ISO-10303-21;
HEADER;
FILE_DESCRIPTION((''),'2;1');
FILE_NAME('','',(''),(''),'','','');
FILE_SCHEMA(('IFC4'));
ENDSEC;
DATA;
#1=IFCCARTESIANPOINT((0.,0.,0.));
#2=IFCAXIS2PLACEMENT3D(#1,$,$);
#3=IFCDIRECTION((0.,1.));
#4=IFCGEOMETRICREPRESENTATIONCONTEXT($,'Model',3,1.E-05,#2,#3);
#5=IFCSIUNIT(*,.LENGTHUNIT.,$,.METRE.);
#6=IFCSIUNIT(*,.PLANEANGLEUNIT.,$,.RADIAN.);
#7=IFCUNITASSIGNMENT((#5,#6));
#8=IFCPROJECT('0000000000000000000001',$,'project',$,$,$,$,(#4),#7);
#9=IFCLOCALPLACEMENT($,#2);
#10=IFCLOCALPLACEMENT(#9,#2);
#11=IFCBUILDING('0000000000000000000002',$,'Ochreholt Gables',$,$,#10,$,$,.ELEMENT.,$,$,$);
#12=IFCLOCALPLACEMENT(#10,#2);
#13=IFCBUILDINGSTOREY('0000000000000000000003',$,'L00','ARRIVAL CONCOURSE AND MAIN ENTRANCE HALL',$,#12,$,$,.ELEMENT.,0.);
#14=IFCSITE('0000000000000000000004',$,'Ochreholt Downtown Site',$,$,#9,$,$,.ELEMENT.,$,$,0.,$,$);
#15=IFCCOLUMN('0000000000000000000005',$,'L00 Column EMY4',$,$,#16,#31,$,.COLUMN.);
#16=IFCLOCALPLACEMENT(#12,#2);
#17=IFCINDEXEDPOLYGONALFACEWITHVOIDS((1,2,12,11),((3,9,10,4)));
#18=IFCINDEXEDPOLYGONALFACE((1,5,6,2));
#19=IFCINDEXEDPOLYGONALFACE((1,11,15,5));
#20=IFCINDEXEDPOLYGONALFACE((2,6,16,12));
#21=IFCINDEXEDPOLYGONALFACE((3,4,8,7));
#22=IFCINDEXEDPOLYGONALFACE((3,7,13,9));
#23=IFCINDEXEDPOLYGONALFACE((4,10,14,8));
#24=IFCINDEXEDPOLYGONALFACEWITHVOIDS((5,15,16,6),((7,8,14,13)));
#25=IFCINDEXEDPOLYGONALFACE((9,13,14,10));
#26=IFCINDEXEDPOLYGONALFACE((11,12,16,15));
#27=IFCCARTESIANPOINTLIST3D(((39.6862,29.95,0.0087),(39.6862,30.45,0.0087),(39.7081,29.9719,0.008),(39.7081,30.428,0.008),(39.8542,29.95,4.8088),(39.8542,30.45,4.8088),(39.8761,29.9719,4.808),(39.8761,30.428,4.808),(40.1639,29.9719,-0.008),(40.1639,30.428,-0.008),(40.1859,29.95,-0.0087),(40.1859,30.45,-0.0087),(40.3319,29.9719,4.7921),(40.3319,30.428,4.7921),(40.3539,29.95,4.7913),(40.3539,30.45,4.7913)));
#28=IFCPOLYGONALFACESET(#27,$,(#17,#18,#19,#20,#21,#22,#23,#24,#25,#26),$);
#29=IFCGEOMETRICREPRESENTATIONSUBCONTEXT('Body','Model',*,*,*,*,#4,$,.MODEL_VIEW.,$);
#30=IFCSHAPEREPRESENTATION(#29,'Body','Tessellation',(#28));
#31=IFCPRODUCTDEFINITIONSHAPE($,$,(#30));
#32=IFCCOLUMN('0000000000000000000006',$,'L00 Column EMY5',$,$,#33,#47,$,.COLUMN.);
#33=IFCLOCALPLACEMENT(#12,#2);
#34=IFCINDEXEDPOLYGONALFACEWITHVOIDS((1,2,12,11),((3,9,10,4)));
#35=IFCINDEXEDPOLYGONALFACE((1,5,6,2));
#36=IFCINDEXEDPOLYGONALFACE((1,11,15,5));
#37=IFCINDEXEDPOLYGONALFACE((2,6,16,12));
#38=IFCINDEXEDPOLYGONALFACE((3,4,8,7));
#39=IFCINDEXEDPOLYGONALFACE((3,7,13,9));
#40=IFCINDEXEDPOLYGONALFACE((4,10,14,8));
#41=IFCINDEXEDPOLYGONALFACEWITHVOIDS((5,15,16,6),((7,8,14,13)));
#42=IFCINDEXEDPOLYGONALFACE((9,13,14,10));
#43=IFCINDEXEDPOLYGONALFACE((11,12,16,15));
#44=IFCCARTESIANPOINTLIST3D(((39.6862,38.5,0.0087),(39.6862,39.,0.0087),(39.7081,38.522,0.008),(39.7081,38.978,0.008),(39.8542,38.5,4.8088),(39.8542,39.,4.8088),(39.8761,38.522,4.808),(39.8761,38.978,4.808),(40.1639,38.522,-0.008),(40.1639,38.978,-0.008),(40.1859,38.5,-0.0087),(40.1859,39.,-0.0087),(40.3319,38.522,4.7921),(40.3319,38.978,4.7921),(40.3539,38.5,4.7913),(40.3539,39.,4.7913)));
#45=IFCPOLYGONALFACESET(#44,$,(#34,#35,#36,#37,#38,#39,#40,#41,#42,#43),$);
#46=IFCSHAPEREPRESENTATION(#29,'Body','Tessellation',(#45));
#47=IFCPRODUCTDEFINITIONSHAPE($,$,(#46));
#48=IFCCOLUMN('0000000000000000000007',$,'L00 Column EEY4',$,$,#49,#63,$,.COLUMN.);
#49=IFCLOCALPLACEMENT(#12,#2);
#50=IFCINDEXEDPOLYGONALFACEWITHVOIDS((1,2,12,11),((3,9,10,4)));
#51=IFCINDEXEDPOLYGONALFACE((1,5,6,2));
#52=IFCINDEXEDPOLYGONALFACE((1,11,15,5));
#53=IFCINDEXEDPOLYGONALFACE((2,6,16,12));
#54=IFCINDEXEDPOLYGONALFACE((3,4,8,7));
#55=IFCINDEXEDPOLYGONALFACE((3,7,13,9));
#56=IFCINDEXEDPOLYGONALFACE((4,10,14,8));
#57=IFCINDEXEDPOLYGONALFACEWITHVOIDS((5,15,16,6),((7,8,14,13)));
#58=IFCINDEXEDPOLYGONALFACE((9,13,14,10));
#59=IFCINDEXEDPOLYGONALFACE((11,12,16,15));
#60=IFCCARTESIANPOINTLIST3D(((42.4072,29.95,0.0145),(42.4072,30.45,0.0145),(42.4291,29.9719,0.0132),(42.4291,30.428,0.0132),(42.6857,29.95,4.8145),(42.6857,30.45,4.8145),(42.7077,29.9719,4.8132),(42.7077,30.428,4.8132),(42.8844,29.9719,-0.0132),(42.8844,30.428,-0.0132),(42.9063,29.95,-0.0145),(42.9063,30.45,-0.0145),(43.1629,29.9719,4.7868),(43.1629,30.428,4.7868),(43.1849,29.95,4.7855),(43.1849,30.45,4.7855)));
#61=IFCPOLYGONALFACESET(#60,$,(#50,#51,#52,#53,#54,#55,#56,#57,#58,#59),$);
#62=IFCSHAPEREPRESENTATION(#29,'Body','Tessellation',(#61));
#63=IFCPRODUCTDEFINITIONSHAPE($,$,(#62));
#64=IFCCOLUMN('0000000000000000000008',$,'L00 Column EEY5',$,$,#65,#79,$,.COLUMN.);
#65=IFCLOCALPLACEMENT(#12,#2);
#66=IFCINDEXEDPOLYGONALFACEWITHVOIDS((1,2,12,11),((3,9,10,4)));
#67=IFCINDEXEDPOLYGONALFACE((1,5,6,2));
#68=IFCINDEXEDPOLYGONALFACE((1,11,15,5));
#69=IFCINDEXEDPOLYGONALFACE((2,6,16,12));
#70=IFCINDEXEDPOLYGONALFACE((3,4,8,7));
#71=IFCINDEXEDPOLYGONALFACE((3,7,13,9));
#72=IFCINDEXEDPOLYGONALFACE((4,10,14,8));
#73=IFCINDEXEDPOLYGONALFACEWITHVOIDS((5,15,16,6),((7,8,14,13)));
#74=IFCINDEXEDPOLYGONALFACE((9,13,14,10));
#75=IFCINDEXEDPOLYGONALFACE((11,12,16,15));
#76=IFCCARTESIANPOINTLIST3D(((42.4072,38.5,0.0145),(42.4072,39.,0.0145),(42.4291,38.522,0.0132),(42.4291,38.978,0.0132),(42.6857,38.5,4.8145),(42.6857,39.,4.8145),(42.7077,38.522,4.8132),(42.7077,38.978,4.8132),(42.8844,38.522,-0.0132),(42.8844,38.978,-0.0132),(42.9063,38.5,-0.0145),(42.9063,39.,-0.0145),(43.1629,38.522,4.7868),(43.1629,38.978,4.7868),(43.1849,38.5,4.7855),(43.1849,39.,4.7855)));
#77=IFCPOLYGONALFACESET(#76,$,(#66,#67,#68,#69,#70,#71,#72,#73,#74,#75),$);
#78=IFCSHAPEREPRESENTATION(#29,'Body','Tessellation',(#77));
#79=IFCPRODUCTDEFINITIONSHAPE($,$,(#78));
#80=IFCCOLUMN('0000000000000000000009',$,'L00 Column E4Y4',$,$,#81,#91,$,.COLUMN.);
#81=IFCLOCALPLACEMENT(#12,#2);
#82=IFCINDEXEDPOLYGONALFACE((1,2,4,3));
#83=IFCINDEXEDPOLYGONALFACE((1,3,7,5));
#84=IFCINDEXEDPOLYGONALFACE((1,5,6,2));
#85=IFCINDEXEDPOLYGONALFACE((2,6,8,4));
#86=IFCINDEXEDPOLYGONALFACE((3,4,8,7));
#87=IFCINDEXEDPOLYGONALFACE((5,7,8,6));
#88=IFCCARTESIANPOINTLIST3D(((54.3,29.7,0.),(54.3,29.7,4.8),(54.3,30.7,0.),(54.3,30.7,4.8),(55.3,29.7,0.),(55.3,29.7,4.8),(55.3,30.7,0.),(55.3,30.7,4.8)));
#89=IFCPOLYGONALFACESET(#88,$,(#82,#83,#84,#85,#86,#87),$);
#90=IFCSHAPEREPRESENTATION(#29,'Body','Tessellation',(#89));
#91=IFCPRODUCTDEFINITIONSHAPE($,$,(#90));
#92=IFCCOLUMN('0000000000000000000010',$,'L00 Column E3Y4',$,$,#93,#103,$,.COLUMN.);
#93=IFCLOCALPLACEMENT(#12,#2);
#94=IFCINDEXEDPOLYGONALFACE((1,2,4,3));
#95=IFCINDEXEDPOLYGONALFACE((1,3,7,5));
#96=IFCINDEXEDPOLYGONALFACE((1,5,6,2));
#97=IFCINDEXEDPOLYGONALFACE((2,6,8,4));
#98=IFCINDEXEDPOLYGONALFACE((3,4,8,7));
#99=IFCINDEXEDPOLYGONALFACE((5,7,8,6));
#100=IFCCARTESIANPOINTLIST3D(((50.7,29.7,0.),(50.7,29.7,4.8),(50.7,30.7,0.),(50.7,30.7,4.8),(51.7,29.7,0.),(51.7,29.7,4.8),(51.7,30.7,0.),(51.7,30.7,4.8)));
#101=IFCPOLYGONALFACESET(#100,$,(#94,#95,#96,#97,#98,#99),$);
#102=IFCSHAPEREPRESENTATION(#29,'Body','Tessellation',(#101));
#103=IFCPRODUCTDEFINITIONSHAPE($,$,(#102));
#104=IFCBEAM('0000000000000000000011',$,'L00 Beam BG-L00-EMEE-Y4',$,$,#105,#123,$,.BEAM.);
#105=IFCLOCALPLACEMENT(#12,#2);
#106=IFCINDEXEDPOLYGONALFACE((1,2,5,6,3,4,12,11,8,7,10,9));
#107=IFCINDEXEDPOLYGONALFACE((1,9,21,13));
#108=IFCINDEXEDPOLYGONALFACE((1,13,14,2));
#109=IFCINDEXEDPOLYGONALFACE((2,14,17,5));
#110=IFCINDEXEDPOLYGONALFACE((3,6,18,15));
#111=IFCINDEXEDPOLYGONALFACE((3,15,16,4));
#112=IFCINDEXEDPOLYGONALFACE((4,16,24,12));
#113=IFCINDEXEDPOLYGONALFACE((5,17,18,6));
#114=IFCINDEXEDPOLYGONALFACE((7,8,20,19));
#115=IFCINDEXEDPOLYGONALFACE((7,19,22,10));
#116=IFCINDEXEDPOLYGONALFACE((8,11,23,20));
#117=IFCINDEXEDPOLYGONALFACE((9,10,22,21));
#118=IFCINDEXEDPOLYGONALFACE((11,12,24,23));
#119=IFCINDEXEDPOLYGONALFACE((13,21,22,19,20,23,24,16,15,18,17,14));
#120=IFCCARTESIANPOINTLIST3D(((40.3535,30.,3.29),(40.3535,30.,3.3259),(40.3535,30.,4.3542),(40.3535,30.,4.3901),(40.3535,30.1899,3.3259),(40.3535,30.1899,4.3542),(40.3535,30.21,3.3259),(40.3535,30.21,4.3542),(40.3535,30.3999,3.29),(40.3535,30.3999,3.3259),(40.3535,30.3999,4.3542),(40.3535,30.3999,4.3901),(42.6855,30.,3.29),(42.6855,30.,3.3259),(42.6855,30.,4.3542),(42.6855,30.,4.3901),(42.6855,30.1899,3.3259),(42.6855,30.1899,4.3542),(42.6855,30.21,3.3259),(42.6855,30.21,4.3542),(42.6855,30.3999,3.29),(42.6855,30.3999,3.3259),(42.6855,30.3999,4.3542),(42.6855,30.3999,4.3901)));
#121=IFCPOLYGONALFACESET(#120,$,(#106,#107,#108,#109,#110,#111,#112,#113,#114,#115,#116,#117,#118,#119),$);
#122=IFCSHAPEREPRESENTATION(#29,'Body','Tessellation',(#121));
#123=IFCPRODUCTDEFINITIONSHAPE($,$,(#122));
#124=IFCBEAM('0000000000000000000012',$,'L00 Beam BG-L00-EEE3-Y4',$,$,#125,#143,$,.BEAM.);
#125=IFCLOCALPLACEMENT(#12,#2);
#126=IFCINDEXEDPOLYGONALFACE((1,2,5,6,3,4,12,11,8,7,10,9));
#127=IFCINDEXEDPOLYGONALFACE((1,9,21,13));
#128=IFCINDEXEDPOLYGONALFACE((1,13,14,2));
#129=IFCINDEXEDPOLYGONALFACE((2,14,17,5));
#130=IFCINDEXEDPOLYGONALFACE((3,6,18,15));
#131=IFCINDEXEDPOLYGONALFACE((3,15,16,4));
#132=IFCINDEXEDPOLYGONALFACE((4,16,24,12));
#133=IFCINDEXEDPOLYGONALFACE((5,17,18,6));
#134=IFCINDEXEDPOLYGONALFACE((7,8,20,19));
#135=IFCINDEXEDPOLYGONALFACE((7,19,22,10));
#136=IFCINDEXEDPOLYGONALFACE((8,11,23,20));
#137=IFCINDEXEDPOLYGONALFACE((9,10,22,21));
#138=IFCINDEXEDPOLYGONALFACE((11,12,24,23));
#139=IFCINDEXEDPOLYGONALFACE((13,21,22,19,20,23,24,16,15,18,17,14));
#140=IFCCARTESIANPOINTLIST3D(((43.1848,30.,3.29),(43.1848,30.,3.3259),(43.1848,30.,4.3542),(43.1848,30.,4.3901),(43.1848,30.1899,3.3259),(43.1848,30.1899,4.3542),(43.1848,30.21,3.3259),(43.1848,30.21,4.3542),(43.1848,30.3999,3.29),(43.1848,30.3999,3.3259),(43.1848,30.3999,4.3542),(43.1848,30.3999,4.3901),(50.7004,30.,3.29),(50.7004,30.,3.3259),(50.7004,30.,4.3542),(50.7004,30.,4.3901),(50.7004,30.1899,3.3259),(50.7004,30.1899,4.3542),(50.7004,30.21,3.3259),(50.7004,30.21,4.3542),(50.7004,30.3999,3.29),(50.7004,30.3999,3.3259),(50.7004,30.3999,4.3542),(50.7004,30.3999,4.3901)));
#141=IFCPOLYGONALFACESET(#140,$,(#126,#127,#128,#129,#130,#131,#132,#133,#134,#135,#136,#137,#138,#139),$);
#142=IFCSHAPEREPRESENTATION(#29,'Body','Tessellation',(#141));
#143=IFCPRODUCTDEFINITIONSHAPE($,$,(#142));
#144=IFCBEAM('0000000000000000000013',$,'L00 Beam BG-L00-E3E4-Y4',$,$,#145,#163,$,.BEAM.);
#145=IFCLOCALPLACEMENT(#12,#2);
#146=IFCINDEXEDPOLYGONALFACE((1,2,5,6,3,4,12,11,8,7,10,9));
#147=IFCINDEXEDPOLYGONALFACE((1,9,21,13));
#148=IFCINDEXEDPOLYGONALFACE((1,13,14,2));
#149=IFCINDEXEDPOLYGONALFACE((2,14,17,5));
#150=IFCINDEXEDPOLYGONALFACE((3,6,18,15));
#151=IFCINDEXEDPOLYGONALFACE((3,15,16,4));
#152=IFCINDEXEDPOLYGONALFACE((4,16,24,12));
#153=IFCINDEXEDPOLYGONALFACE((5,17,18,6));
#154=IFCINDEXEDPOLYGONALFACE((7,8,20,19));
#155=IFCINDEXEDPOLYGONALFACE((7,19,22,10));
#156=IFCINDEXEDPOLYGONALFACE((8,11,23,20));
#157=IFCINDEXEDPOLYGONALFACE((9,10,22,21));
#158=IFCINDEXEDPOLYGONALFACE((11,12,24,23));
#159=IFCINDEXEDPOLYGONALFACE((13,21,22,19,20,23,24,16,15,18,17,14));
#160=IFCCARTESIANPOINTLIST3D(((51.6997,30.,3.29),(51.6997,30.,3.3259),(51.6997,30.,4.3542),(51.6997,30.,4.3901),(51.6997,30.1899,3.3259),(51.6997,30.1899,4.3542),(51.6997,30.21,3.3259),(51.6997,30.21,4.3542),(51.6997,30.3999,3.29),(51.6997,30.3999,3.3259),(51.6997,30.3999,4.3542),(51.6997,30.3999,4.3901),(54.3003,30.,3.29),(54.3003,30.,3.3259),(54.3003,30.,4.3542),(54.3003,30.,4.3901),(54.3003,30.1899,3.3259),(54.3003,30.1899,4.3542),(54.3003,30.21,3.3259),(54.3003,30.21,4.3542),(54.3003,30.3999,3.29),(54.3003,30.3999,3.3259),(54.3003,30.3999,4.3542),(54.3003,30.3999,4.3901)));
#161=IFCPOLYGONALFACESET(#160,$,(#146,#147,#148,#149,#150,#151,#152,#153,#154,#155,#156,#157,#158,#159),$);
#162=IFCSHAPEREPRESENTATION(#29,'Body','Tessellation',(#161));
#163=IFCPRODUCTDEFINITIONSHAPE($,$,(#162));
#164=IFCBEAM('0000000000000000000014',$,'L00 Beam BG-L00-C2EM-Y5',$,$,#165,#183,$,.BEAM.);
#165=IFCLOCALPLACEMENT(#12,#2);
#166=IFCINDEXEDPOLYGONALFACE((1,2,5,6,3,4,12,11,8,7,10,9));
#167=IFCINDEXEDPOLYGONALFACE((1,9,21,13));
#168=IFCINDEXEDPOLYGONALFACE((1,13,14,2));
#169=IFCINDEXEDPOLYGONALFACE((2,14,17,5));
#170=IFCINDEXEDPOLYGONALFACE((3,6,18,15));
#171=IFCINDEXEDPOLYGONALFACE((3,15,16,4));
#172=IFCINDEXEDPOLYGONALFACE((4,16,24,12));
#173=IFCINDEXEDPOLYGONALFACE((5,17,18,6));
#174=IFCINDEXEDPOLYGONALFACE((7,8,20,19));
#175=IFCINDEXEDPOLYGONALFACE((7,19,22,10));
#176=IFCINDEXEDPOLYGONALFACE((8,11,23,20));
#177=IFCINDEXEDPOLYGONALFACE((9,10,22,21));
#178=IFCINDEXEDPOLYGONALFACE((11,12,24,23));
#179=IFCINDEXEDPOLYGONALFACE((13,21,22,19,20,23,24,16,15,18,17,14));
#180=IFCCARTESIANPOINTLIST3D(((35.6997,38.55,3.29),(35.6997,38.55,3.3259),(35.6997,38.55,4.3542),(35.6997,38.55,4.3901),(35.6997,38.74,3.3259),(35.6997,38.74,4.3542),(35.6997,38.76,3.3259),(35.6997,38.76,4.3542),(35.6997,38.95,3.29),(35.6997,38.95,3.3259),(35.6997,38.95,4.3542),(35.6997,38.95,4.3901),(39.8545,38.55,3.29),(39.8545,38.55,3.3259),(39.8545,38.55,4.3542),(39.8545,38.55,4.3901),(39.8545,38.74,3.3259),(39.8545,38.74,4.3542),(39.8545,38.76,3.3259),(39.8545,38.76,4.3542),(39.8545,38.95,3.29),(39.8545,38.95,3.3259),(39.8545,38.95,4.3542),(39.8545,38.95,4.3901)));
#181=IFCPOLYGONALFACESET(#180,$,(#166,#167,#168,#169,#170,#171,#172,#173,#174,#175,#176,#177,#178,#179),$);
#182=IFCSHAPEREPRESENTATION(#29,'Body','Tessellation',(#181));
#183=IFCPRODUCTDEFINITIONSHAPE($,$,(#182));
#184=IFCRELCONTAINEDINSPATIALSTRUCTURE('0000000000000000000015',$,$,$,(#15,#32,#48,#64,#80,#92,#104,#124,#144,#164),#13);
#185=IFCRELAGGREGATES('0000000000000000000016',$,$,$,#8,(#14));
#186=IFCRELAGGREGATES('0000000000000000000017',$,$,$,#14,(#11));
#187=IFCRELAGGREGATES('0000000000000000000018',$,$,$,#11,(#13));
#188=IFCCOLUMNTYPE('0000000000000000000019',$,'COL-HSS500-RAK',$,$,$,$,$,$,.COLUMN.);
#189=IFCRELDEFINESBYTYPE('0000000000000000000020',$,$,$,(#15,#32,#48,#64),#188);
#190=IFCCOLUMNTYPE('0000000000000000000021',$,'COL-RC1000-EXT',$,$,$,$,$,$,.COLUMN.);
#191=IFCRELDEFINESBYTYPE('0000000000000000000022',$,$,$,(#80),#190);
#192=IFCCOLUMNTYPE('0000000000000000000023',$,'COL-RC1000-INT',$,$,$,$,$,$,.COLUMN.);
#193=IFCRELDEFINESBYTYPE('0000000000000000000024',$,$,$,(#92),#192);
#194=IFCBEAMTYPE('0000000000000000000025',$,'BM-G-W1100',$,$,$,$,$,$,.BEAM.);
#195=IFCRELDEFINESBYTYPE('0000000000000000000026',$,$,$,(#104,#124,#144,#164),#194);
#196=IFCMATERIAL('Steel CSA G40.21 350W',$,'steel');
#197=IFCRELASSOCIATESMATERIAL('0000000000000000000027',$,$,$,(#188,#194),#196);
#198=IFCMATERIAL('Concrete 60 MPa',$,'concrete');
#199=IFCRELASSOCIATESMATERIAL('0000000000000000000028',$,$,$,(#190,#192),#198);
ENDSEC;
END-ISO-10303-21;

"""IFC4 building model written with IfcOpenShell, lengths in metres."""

from ifc_helpers import new_model, si_unit, direction, frame, origin, origin_2d, place, context, subcontext, project, spatial, rectangle, hollow_rectangle, i_section, extrude, material, material_profile, profile_set, type_object, element, save


model = new_model("IFC4")

# Units and contexts
model_context = context("Model", 3, precision=1e-05, world=origin(), true_north=direction((0.0, 1.0)))
body_context = subcontext(model_context, "Body", "Model", "MODEL_VIEW")
ifc_project = project(units=[si_unit("LENGTHUNIT", "METRE"), si_unit("PLANEANGLEUNIT", "RADIAN")], contexts=[model_context])

# Site, building, storey
site_placement = place(None, origin())
site = spatial("IfcSite", under=ifc_project, at=site_placement, Name="Ochreholt Downtown Site", CompositionType="ELEMENT", RefElevation=0.0)
building_placement = place(site_placement, origin())
building = spatial("IfcBuilding", under=site, at=building_placement, Name="Ochreholt Gables", CompositionType="ELEMENT")
storey_placement = place(building_placement, origin())
storey = spatial("IfcBuildingStorey", under=building, at=storey_placement, Name="L00", Description="ARRIVAL CONCOURSE AND MAIN ENTRANCE HALL", CompositionType="ELEMENT", Elevation=0.0)

# Columns
ifc_material_1 = material(Name="Steel CSA G40.21 350W", Category="steel")
ifc_material_profile_1 = material_profile(ifc_material_1, hollow_rectangle(XDim=0.5, YDim=0.5, WallThickness=0.022, at=origin_2d()), Name="HSS500X500X22")
ifc_profile_set_1 = profile_set([ifc_material_profile_1], Name="Steel CSA G40.21 350W")
column_type_1 = type_object("IfcColumnType", Name="COL-HSS500-RAK", PredefinedType="COLUMN", material=ifc_profile_set_1)
for number, where, z_axis, x_axis, name in (
    (1, (39.936, 30.2, 0.0), (0.034972, 0.0, 0.999388), (0.0, 1.0, 0.0), "L00 Column EMY4"),
    (2, (39.936, 38.75, 0.0), (0.034972, 0.0, 0.999388), (0.0, 1.0, 0.0), "L00 Column EMY5"),
):
    element("IfcColumn", number, at=place(storey_placement, frame(where, z_axis=z_axis, x_axis=x_axis)), inside=storey, type_object=column_type_1, Name=name, PredefinedType="COLUMN", context=body_context, shape_type="SweptSolid", body=[
        extrude(hollow_rectangle(XDim=0.5, YDim=0.5, WallThickness=0.022, at=origin_2d()), origin(), (0.0, 0.0, 1.0), 4.803),
    ])
for number, where, z_axis, x_axis, name in (
    (3, (42.6567, 30.2, 0.0), (0.057936, 0.0, 0.99832), (0.0, 1.0, 0.0), "L00 Column EEY4"),
    (4, (42.6567, 38.75, 0.0), (0.057936, 0.0, 0.99832), (0.0, 1.0, 0.0), "L00 Column EEY5"),
):
    element("IfcColumn", number, at=place(storey_placement, frame(where, z_axis=z_axis, x_axis=x_axis)), inside=storey, type_object=column_type_1, Name=name, PredefinedType="COLUMN", context=body_context, shape_type="SweptSolid", body=[
        extrude(hollow_rectangle(XDim=0.5, YDim=0.5, WallThickness=0.022, at=origin_2d()), origin(), (0.0, 0.0, 1.0), 4.8081),
    ])
ifc_material_2 = material(Name="Concrete 60 MPa", Category="concrete")
ifc_material_profile_2 = material_profile(ifc_material_2, rectangle(XDim=1.0, YDim=1.0, at=origin_2d()), Name="RC1000X1000")
ifc_profile_set_2 = profile_set([ifc_material_profile_2], Name="Concrete 60 MPa")
column_type_2 = type_object("IfcColumnType", Name="COL-RC1000-EXT", PredefinedType="COLUMN", material=ifc_profile_set_2)
column_1_placement = place(storey_placement, frame((54.8, 30.2, 0.0), z_axis=(0.0, 0.0, 1.0), x_axis=(1.0, 0.0, 0.0)))
element("IfcColumn", 5, at=column_1_placement, inside=storey, type_object=column_type_2, Name="L00 Column E4Y4", PredefinedType="COLUMN", context=body_context, shape_type="SweptSolid", body=[
    extrude(rectangle(XDim=1.0, YDim=1.0, at=origin_2d()), origin(), (0.0, 0.0, 1.0), 4.8),
])
ifc_material_profile_3 = material_profile(ifc_material_2, rectangle(XDim=1.0, YDim=1.0, at=origin_2d()), Name="RC1000X1000")
ifc_profile_set_3 = profile_set([ifc_material_profile_3], Name="Concrete 60 MPa")
column_type_3 = type_object("IfcColumnType", Name="COL-RC1000-INT", PredefinedType="COLUMN", material=ifc_profile_set_3)
column_2_placement = place(storey_placement, frame((51.2, 30.2, 0.0), z_axis=(0.0, 0.0, 1.0), x_axis=(1.0, 0.0, 0.0)))
element("IfcColumn", 6, at=column_2_placement, inside=storey, type_object=column_type_3, Name="L00 Column E3Y4", PredefinedType="COLUMN", context=body_context, shape_type="SweptSolid", body=[
    extrude(rectangle(XDim=1.0, YDim=1.0, at=origin_2d()), origin(), (0.0, 0.0, 1.0), 4.8),
])

# Beams
ifc_material_profile_4 = material_profile(ifc_material_1, i_section(OverallWidth=0.3999, OverallDepth=1.1001, WebThickness=0.02, FlangeThickness=0.0359, at=origin_2d()), Name="W1100X390")
ifc_profile_set_4 = profile_set([ifc_material_profile_4], Name="Steel CSA G40.21 350W")
beam_type_1 = type_object("IfcBeamType", Name="BM-G-W1100", PredefinedType="BEAM", material=ifc_profile_set_4)
beam_1_placement = place(storey_placement, frame((40.3535, 30.2, 3.8401), z_axis=(1.0, 0.0, 0.0), x_axis=(0.0, 1.0, 0.0)))
element("IfcBeam", 7, at=beam_1_placement, inside=storey, type_object=beam_type_1, Name="L00 Beam BG-L00-EMEE-Y4", PredefinedType="BEAM", context=body_context, shape_type="SweptSolid", body=[
    extrude(i_section(OverallWidth=0.3999, OverallDepth=1.1001, WebThickness=0.02, FlangeThickness=0.0359, at=origin_2d()), origin(), (0.0, 0.0, 1.0), 2.332),
])
beam_2_placement = place(storey_placement, frame((43.1848, 30.2, 3.8401), z_axis=(1.0, 0.0, 0.0), x_axis=(0.0, 1.0, 0.0)))
element("IfcBeam", 8, at=beam_2_placement, inside=storey, type_object=beam_type_1, Name="L00 Beam BG-L00-EEE3-Y4", PredefinedType="BEAM", context=body_context, shape_type="SweptSolid", body=[
    extrude(i_section(OverallWidth=0.3999, OverallDepth=1.1001, WebThickness=0.02, FlangeThickness=0.0359, at=origin_2d()), origin(), (0.0, 0.0, 1.0), 7.5156),
])
beam_3_placement = place(storey_placement, frame((51.6997, 30.2, 3.8401), z_axis=(1.0, 0.0, 0.0), x_axis=(0.0, 1.0, 0.0)))
element("IfcBeam", 9, at=beam_3_placement, inside=storey, type_object=beam_type_1, Name="L00 Beam BG-L00-E3E4-Y4", PredefinedType="BEAM", context=body_context, shape_type="SweptSolid", body=[
    extrude(i_section(OverallWidth=0.3999, OverallDepth=1.1001, WebThickness=0.02, FlangeThickness=0.0359, at=origin_2d()), origin(), (0.0, 0.0, 1.0), 2.6006),
])
beam_4_placement = place(storey_placement, frame((35.6997, 38.75, 3.8401), z_axis=(1.0, 0.0, 0.0), x_axis=(0.0, 1.0, 0.0)))
element("IfcBeam", 10, at=beam_4_placement, inside=storey, type_object=beam_type_1, Name="L00 Beam BG-L00-C2EM-Y5", PredefinedType="BEAM", context=body_context, shape_type="SweptSolid", body=[
    extrude(i_section(OverallWidth=0.3999, OverallDepth=1.1001, WebThickness=0.02, FlangeThickness=0.0359, at=origin_2d()), origin(), (0.0, 0.0, 1.0), 4.1548),
])

save(model, "model.ifc")
